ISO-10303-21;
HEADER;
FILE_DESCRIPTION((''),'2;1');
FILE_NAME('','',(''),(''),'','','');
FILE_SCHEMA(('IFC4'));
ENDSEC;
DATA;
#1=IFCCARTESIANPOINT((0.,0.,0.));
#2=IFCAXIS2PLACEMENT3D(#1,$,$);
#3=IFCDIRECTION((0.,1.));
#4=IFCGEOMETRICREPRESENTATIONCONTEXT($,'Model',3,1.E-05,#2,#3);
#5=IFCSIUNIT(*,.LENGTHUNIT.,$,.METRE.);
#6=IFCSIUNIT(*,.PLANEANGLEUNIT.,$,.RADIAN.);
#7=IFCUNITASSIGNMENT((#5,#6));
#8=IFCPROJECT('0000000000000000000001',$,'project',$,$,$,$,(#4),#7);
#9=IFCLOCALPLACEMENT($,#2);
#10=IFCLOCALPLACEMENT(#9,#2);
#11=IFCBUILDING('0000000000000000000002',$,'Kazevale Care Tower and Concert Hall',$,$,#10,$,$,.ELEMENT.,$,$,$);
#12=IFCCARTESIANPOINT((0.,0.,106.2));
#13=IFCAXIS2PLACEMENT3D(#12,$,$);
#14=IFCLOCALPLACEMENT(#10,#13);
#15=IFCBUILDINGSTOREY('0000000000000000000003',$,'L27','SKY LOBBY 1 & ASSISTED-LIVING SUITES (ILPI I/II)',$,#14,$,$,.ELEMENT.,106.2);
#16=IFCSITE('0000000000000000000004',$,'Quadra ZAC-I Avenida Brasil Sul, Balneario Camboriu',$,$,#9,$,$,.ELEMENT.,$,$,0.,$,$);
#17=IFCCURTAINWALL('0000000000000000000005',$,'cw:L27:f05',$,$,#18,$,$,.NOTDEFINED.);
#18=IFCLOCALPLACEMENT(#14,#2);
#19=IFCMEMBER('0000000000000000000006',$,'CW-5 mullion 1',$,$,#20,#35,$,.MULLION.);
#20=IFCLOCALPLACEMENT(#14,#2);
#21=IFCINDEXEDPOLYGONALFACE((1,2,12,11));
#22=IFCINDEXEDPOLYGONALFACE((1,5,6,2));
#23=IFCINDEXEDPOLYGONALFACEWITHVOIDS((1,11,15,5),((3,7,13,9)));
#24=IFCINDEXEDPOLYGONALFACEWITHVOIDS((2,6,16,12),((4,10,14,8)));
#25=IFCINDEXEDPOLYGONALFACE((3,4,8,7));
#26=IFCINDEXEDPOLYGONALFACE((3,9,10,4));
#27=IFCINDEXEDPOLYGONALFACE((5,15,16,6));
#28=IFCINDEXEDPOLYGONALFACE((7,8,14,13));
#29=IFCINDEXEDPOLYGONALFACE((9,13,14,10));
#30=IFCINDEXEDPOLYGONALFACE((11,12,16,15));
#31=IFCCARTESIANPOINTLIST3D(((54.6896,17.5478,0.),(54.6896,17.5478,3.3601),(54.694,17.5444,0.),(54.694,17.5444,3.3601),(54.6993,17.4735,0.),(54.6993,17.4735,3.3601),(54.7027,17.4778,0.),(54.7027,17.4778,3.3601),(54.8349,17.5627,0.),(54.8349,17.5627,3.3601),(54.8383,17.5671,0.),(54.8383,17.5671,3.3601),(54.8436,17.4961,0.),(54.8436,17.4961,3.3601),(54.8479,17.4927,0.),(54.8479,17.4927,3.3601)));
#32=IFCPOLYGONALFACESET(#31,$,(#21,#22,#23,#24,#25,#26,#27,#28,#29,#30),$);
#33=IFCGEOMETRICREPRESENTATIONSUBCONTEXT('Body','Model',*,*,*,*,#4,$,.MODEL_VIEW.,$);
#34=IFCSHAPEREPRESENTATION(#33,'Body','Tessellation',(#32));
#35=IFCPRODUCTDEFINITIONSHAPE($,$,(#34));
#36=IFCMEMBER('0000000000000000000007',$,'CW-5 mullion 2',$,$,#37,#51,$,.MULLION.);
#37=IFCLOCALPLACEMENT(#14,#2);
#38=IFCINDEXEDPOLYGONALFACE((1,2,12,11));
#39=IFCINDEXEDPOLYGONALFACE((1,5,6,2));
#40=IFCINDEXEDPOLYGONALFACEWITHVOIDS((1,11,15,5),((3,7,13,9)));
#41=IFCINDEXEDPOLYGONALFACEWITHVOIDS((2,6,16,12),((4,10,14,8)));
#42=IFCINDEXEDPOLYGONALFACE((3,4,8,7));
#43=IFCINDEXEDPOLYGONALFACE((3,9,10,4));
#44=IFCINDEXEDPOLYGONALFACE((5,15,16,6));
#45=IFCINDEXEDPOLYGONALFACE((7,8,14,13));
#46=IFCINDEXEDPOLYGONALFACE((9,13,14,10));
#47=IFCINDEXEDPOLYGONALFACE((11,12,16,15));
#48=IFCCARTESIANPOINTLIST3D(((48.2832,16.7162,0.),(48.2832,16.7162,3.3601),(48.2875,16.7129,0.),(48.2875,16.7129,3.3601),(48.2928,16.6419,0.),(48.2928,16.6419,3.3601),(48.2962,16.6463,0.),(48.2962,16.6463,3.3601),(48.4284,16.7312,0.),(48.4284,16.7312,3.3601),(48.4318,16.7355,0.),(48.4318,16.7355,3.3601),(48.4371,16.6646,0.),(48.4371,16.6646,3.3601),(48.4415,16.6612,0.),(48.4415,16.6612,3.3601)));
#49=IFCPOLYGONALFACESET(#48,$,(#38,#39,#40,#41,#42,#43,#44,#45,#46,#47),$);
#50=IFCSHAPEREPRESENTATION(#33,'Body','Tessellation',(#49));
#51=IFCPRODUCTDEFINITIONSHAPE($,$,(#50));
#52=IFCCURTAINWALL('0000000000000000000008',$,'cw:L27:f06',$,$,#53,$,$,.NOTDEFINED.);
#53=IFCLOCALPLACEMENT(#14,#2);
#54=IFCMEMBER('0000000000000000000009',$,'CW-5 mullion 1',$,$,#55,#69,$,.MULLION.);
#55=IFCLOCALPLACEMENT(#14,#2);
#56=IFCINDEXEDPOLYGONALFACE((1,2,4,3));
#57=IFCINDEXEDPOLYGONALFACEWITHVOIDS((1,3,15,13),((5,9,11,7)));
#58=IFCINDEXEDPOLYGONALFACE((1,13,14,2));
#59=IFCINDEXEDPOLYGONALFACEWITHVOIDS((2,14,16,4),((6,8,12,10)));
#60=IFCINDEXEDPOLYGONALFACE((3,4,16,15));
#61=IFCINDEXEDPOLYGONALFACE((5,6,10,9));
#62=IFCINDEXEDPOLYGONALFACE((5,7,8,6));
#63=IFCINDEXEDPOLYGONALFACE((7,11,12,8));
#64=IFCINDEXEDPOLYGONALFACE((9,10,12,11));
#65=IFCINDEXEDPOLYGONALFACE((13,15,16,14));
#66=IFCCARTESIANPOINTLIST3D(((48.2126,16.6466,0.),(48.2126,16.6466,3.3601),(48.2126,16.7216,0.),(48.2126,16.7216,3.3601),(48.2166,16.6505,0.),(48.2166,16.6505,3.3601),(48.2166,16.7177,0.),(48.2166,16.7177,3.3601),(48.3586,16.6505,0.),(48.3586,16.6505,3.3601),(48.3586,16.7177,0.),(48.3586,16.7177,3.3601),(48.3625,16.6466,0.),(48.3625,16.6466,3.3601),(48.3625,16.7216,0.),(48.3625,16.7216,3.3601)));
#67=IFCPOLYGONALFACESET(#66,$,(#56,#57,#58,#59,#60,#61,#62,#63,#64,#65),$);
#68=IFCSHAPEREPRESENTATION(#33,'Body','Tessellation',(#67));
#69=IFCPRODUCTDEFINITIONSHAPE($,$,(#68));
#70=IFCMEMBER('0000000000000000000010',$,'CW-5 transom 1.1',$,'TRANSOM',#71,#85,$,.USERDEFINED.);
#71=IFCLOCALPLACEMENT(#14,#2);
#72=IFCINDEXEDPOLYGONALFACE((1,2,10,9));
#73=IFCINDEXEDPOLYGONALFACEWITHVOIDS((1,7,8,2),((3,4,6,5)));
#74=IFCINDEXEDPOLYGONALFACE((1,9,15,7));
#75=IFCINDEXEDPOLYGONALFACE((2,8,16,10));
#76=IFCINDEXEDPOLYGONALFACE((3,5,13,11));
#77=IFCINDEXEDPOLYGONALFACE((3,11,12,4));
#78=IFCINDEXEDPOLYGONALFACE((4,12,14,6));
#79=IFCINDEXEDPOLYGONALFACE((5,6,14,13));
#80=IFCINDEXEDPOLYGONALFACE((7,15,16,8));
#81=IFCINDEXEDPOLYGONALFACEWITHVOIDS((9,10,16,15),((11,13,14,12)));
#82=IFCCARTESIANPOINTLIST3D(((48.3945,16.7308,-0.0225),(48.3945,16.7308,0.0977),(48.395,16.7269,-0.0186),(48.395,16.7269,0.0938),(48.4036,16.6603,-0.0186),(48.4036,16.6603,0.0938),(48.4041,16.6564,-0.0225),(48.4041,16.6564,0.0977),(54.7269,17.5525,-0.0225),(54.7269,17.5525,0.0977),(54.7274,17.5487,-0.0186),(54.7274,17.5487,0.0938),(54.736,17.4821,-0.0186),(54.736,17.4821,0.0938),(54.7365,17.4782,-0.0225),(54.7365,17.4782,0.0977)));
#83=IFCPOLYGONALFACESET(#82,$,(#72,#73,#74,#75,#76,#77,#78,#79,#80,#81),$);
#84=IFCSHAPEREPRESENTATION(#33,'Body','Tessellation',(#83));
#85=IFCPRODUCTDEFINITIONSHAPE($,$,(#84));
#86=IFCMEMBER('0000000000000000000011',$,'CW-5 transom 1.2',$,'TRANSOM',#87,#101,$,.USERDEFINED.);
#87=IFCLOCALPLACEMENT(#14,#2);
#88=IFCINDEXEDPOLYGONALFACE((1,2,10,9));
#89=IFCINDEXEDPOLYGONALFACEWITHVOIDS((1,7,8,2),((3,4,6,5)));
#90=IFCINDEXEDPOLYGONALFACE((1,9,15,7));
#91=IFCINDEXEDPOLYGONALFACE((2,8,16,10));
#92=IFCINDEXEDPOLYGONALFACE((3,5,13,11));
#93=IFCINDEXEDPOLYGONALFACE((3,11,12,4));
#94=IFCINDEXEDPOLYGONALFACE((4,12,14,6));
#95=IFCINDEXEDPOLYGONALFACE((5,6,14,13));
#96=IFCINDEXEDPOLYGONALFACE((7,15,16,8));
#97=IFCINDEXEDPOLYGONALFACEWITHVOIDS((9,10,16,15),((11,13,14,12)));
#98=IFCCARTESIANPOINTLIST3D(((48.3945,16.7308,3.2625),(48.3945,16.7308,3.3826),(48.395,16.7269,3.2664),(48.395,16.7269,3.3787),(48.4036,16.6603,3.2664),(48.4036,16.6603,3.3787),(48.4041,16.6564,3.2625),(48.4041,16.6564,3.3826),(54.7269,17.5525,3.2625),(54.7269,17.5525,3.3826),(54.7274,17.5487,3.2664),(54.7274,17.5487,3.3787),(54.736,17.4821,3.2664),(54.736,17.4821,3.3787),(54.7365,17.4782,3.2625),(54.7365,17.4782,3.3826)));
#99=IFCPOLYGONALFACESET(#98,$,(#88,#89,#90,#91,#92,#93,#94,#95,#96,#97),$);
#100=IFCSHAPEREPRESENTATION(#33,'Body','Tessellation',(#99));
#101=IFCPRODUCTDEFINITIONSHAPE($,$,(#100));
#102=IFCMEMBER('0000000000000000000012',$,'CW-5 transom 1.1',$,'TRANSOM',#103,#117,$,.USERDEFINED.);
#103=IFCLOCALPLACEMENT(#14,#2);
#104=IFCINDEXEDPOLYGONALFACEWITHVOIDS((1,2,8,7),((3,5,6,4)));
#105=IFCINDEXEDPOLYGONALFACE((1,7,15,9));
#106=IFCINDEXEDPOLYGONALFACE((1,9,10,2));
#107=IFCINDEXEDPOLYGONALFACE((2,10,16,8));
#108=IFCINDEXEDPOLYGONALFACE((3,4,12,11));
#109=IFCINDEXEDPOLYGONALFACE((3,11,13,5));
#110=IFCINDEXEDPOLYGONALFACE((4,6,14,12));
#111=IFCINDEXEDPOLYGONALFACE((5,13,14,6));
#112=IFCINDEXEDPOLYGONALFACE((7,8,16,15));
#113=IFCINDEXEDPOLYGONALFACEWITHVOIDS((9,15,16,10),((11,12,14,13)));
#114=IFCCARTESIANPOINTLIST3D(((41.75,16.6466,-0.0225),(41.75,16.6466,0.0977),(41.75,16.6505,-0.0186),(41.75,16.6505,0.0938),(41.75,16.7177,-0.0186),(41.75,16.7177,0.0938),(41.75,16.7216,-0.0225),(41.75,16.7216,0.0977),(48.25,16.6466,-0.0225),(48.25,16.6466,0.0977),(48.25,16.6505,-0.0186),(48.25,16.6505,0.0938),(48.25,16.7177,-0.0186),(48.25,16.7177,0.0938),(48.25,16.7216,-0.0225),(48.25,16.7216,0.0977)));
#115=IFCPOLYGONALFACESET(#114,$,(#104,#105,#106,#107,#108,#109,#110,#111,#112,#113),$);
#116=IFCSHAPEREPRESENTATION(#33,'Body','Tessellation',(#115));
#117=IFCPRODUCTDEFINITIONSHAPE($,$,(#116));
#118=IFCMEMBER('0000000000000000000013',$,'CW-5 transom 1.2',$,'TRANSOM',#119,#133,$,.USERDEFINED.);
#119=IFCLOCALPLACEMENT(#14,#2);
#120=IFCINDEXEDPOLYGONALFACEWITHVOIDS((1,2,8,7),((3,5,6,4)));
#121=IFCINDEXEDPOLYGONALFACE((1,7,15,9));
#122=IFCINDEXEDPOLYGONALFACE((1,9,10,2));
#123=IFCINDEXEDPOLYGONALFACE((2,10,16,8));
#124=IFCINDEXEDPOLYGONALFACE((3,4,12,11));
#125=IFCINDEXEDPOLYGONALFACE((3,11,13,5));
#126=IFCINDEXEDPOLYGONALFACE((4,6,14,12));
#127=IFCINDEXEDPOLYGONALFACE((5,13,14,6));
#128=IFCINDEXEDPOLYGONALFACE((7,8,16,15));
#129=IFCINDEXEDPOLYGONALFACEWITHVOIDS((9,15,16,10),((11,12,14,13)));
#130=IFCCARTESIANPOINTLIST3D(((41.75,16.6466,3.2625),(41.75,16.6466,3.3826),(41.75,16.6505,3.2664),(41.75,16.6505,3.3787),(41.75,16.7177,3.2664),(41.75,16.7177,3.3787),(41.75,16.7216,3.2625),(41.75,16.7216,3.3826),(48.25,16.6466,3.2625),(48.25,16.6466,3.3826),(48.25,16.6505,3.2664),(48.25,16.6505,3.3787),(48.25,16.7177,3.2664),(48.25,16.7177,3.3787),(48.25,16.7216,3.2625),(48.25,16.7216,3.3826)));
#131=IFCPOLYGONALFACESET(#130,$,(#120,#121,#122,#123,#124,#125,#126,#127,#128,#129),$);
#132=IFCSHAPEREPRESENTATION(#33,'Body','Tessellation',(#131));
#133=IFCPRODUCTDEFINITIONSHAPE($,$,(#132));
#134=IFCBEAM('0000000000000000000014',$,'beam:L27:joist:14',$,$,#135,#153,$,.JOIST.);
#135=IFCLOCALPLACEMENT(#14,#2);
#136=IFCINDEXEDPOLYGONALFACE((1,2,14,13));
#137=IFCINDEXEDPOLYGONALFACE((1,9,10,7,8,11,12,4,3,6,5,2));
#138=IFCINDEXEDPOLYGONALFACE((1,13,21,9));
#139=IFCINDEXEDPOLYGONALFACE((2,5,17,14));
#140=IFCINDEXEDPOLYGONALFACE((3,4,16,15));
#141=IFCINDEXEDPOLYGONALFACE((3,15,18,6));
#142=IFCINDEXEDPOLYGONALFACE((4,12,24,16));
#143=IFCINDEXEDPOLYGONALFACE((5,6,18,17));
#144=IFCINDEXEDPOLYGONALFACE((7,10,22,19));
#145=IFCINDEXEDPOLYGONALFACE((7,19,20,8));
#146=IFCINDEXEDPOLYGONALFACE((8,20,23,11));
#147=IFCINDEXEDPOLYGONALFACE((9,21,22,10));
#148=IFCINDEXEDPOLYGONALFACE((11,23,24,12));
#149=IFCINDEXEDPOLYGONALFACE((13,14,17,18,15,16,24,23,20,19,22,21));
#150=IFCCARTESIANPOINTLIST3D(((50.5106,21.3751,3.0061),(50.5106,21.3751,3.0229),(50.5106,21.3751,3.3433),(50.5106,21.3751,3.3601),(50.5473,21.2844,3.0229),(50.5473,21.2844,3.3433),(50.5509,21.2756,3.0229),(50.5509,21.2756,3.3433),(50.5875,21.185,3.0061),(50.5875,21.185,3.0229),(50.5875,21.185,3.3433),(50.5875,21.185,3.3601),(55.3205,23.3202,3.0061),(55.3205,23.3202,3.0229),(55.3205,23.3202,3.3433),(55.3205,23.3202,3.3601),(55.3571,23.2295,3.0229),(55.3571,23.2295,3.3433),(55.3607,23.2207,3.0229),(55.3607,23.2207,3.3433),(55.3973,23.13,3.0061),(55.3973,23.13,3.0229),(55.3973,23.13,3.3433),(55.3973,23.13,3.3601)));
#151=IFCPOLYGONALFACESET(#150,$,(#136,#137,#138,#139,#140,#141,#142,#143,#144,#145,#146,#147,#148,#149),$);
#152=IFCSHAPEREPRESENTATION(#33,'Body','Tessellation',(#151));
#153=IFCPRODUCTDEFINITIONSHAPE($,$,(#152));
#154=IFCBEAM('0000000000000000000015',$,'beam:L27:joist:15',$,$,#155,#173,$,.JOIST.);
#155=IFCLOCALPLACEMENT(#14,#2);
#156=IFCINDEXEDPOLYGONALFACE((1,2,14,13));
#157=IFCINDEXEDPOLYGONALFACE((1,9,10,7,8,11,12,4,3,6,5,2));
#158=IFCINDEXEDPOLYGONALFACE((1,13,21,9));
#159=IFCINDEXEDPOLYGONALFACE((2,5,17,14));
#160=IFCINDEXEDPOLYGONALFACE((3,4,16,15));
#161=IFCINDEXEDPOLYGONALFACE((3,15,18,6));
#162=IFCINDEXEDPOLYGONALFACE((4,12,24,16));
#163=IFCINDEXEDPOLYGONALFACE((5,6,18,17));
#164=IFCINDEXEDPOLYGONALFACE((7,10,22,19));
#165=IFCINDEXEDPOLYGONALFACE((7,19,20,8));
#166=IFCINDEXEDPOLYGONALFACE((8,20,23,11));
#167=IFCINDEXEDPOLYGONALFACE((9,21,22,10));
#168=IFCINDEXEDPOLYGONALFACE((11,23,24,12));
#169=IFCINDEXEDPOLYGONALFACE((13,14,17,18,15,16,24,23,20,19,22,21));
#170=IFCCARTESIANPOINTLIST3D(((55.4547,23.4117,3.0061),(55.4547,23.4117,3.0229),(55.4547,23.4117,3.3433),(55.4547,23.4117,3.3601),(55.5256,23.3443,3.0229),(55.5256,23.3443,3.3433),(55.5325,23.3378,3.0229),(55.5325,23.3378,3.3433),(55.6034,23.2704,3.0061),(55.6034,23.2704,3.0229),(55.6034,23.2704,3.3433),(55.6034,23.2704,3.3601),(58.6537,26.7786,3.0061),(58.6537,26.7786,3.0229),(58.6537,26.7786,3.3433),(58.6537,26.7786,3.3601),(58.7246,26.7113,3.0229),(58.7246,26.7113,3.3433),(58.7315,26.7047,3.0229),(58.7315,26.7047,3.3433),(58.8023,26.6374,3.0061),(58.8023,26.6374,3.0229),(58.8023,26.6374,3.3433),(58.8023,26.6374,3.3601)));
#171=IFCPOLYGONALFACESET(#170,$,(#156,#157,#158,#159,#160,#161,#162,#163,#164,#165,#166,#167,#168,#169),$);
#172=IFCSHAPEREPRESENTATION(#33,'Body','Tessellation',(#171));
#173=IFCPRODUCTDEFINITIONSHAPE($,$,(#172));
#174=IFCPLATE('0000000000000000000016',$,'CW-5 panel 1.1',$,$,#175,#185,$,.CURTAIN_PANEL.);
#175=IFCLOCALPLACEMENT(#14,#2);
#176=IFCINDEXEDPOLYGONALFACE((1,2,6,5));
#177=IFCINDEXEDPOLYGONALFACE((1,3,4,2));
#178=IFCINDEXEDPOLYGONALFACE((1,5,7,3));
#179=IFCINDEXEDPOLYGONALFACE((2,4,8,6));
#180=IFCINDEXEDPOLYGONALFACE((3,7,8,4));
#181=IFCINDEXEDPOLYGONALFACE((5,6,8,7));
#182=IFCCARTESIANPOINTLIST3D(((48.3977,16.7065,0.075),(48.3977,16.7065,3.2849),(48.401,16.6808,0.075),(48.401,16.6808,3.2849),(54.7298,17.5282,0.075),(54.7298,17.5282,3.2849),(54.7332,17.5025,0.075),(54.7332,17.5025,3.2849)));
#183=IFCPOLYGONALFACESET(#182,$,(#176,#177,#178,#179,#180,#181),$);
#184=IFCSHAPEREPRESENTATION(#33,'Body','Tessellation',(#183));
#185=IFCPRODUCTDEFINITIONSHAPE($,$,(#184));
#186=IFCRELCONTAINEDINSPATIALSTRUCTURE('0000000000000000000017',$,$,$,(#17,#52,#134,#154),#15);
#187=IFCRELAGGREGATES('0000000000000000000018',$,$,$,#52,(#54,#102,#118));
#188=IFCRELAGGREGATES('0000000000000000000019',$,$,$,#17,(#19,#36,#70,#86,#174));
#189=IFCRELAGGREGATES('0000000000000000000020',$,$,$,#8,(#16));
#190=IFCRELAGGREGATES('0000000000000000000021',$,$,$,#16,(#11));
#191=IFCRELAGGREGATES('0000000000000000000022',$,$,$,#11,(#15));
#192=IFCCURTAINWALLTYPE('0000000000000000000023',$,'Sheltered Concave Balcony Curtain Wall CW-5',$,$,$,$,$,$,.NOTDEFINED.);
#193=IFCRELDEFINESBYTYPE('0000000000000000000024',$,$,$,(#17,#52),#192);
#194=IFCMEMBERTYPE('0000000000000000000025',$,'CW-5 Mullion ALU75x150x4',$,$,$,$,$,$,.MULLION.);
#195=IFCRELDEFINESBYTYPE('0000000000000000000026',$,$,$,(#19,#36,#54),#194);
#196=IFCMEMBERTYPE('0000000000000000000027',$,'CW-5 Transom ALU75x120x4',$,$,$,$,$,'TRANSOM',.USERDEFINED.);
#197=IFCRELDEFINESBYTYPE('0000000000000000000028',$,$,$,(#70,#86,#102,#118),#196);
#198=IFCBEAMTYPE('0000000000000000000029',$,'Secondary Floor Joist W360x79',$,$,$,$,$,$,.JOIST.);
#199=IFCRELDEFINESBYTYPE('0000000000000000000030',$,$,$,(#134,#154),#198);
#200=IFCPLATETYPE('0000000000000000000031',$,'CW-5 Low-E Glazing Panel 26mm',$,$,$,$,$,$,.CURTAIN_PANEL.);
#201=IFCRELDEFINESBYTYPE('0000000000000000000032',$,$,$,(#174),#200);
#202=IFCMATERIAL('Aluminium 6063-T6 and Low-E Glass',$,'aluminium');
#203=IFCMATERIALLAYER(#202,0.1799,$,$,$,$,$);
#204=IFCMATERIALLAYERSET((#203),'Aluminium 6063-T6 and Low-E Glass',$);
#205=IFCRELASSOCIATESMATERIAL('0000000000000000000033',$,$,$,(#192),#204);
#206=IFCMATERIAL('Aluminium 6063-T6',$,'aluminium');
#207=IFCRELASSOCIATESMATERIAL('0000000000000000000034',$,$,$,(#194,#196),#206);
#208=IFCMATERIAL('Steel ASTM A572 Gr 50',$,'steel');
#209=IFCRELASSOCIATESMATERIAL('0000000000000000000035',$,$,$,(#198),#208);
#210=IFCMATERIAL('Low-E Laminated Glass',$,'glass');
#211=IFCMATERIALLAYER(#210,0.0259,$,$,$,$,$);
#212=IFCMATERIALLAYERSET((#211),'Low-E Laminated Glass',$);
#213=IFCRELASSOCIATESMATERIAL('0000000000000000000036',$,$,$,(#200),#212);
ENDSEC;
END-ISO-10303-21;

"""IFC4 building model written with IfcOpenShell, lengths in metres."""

from ifc_helpers import new_model, si_unit, direction, frame, origin, origin_2d, place, context, subcontext, project, spatial, rectangle, hollow_rectangle, i_section, extrude, material, layer, layer_set, material_profile, profile_set, type_object, element, aggregate, save


model = new_model("IFC4")

# Units and contexts
model_context = context("Model", 3, precision=1e-05, world=origin(), true_north=direction((0.0, 1.0)))
body_context = subcontext(model_context, "Body", "Model", "MODEL_VIEW")
ifc_project = project(units=[si_unit("LENGTHUNIT", "METRE"), si_unit("PLANEANGLEUNIT", "RADIAN")], contexts=[model_context])

# Site, building, storey
site_placement = place(None, origin())
site = spatial("IfcSite", under=ifc_project, at=site_placement, Name="Quadra ZAC-I Avenida Brasil Sul, Balneario Camboriu", CompositionType="ELEMENT", RefElevation=0.0)
building_placement = place(site_placement, origin())
building = spatial("IfcBuilding", under=site, at=building_placement, Name="Kazevale Care Tower and Concert Hall", CompositionType="ELEMENT")
storey_placement = place(building_placement, frame((0.0, 0.0, 106.2)))
storey = spatial("IfcBuildingStorey", under=building, at=storey_placement, Name="L27", Description="SKY LOBBY 1 & ASSISTED-LIVING SUITES (ILPI I/II)", CompositionType="ELEMENT", Elevation=106.2)

# Curtain wall, members
ifc_material_1 = material(Name="Aluminium 6063-T6 and Low-E Glass", Category="aluminium")
ifc_layer_1 = layer(ifc_material_1, 0.1799)
ifc_layer_set_1 = layer_set([ifc_layer_1], Name="Aluminium 6063-T6 and Low-E Glass")
curtain_wall_type = type_object("IfcCurtainWallType", Name="Sheltered Concave Balcony Curtain Wall CW-5", PredefinedType="NOTDEFINED", material=ifc_layer_set_1)
curtain_wall_1_placement = place(storey_placement, origin())
curtain_wall_1 = element("IfcCurtainWall", 1, at=curtain_wall_1_placement, inside=storey, type_object=curtain_wall_type, Name="cw:L27:f05", PredefinedType="NOTDEFINED")
ifc_material_2 = material(Name="Aluminium 6063-T6", Category="aluminium")
ifc_material_profile_1 = material_profile(ifc_material_2, hollow_rectangle(XDim=0.075, YDim=0.1499, WallThickness=0.0039, at=origin_2d()), Name="ALU75x150x4")
ifc_profile_set_1 = profile_set([ifc_material_profile_1], Name="Aluminium 6063-T6")
member_type_1 = type_object("IfcMemberType", Name="CW-5 Mullion ALU75x150x4", PredefinedType="MULLION", material=ifc_profile_set_1)
member_1_placement = place(storey_placement, frame((54.7688, 17.5203, 0.0), z_axis=(0.0, 0.0, 1.0), x_axis=(0.128685, -0.991686, 0.0)))
member_1 = element("IfcMember", 2, at=member_1_placement, type_object=member_type_1, Name="CW-5 mullion 1", PredefinedType="MULLION", context=body_context, shape_type="SweptSolid", body=[
    extrude(hollow_rectangle(XDim=0.075, YDim=0.1499, WallThickness=0.0039, at=origin_2d()), origin(), (0.0, 0.0, 1.0), 3.3601),
])
member_2_placement = place(storey_placement, frame((48.3623, 16.6887, 0.0), z_axis=(0.0, 0.0, 1.0), x_axis=(0.128685, -0.991686, 0.0)))
member_2 = element("IfcMember", 3, at=member_2_placement, type_object=member_type_1, Name="CW-5 mullion 2", PredefinedType="MULLION", context=body_context, shape_type="SweptSolid", body=[
    extrude(hollow_rectangle(XDim=0.075, YDim=0.1499, WallThickness=0.0039, at=origin_2d()), origin(), (0.0, 0.0, 1.0), 3.3601),
])

# Curtain wall, member
curtain_wall_2_placement = place(storey_placement, origin())
curtain_wall_2 = element("IfcCurtainWall", 4, at=curtain_wall_2_placement, inside=storey, type_object=curtain_wall_type, Name="cw:L27:f06", PredefinedType="NOTDEFINED")
member_3_placement = place(storey_placement, frame((48.2876, 16.6841, 0.0), z_axis=(0.0, 0.0, 1.0), x_axis=(0.0, -1.0, 0.0)))
member_3 = element("IfcMember", 5, at=member_3_placement, type_object=member_type_1, Name="CW-5 mullion 1", PredefinedType="MULLION", context=body_context, shape_type="SweptSolid", body=[
    extrude(hollow_rectangle(XDim=0.075, YDim=0.1499, WallThickness=0.0039, at=origin_2d()), origin(), (0.0, 0.0, 1.0), 3.3601),
])

# Members
ifc_material_profile_2 = material_profile(ifc_material_2, hollow_rectangle(XDim=0.075, YDim=0.1201, WallThickness=0.0039, at=origin_2d()), Name="ALU75x120x4")
ifc_profile_set_2 = profile_set([ifc_material_profile_2], Name="Aluminium 6063-T6")
member_type_2 = type_object("IfcMemberType", Name="CW-5 Transom ALU75x120x4", ElementType="TRANSOM", PredefinedType="USERDEFINED", material=ifc_profile_set_2)
member_4_placement = place(storey_placement, frame((54.7317, 17.5154, 0.0376), z_axis=(-0.991684, -0.128697, 0.0), x_axis=(0.128697, -0.991684, 0.0)))
member_4 = element("IfcMember", 6, at=member_4_placement, type_object=member_type_2, Name="CW-5 transom 1.1", ObjectType="TRANSOM", PredefinedType="USERDEFINED", context=body_context, shape_type="SweptSolid", body=[
    extrude(hollow_rectangle(XDim=0.075, YDim=0.1201, WallThickness=0.0039, at=origin_2d()), origin(), (0.0, 0.0, 1.0), 6.3855),
])
member_5_placement = place(storey_placement, frame((54.7317, 17.5154, 3.3225), z_axis=(-0.991684, -0.128697, 0.0), x_axis=(0.128697, -0.991684, 0.0)))
member_5 = element("IfcMember", 7, at=member_5_placement, type_object=member_type_2, Name="CW-5 transom 1.2", ObjectType="TRANSOM", PredefinedType="USERDEFINED", context=body_context, shape_type="SweptSolid", body=[
    extrude(hollow_rectangle(XDim=0.075, YDim=0.1201, WallThickness=0.0039, at=origin_2d()), origin(), (0.0, 0.0, 1.0), 6.3855),
])
member_6_placement = place(storey_placement, frame((48.25, 16.6841, 0.0376), z_axis=(-1.0, 0.0, 0.0), x_axis=(0.0, -1.0, 0.0)))
member_6 = element("IfcMember", 8, at=member_6_placement, type_object=member_type_2, Name="CW-5 transom 1.1", ObjectType="TRANSOM", PredefinedType="USERDEFINED", context=body_context, shape_type="SweptSolid", body=[
    extrude(hollow_rectangle(XDim=0.075, YDim=0.1201, WallThickness=0.0039, at=origin_2d()), origin(), (0.0, 0.0, 1.0), 6.5),
])
member_7_placement = place(storey_placement, frame((48.25, 16.6841, 3.3225), z_axis=(-1.0, 0.0, 0.0), x_axis=(0.0, -1.0, 0.0)))
member_7 = element("IfcMember", 9, at=member_7_placement, type_object=member_type_2, Name="CW-5 transom 1.2", ObjectType="TRANSOM", PredefinedType="USERDEFINED", context=body_context, shape_type="SweptSolid", body=[
    extrude(hollow_rectangle(XDim=0.075, YDim=0.1201, WallThickness=0.0039, at=origin_2d()), origin(), (0.0, 0.0, 1.0), 6.5),
])
aggregate(curtain_wall_2, [member_3, member_6, member_7])

# Beams
ifc_material_3 = material(Name="Steel ASTM A572 Gr 50", Category="steel")
ifc_material_profile_3 = material_profile(ifc_material_3, i_section(OverallWidth=0.2051, OverallDepth=0.354, WebThickness=0.0095, FlangeThickness=0.0168, at=origin_2d()), Name="W360x79")
ifc_profile_set_3 = profile_set([ifc_material_profile_3], Name="Steel ASTM A572 Gr 50")
beam_type = type_object("IfcBeamType", Name="Secondary Floor Joist W360x79", PredefinedType="JOIST", material=ifc_profile_set_3)
beam_1_placement = place(storey_placement, frame((50.5491, 21.28, 3.1831), z_axis=(0.927065, 0.374901, 0.0), x_axis=(-0.374901, 0.927065, 0.0)))
element("IfcBeam", 10, at=beam_1_placement, inside=storey, type_object=beam_type, Name="beam:L27:joist:14", PredefinedType="JOIST", context=body_context, shape_type="SweptSolid", body=[
    extrude(i_section(OverallWidth=0.2051, OverallDepth=0.354, WebThickness=0.0095, FlangeThickness=0.0168, at=origin_2d()), origin(), (0.0, 0.0, 1.0), 5.1882),
])
beam_2_placement = place(storey_placement, frame((55.5291, 23.3411, 3.1831), z_axis=(0.688792, 0.724959, 0.0), x_axis=(-0.724959, 0.688792, 0.0)))
element("IfcBeam", 11, at=beam_2_placement, inside=storey, type_object=beam_type, Name="beam:L27:joist:15", PredefinedType="JOIST", context=body_context, shape_type="SweptSolid", body=[
    extrude(i_section(OverallWidth=0.2051, OverallDepth=0.354, WebThickness=0.0095, FlangeThickness=0.0168, at=origin_2d()), origin(), (0.0, 0.0, 1.0), 4.6443),
])

# Plate
ifc_material_4 = material(Name="Low-E Laminated Glass", Category="glass")
ifc_layer_2 = layer(ifc_material_4, 0.0259)
ifc_layer_set_2 = layer_set([ifc_layer_2], Name="Low-E Laminated Glass")
plate_type = type_object("IfcPlateType", Name="CW-5 Low-E Glazing Panel 26mm", PredefinedType="CURTAIN_PANEL", material=ifc_layer_set_2)
plate_placement = place(storey_placement, frame((51.5654, 17.1045, 0.075), z_axis=(0.0, 0.0, 1.0), x_axis=(-0.991686, -0.128685, 0.0)))
plate = element("IfcPlate", 12, at=plate_placement, type_object=plate_type, Name="CW-5 panel 1.1", PredefinedType="CURTAIN_PANEL", context=body_context, shape_type="SweptSolid", body=[
    extrude(rectangle(XDim=6.3853, YDim=0.0259, at=origin_2d()), origin(), (0.0, 0.0, 1.0), 3.21),
])
aggregate(curtain_wall_1, [member_1, member_2, member_4, member_5, plate])

save(model, "model.ifc")
